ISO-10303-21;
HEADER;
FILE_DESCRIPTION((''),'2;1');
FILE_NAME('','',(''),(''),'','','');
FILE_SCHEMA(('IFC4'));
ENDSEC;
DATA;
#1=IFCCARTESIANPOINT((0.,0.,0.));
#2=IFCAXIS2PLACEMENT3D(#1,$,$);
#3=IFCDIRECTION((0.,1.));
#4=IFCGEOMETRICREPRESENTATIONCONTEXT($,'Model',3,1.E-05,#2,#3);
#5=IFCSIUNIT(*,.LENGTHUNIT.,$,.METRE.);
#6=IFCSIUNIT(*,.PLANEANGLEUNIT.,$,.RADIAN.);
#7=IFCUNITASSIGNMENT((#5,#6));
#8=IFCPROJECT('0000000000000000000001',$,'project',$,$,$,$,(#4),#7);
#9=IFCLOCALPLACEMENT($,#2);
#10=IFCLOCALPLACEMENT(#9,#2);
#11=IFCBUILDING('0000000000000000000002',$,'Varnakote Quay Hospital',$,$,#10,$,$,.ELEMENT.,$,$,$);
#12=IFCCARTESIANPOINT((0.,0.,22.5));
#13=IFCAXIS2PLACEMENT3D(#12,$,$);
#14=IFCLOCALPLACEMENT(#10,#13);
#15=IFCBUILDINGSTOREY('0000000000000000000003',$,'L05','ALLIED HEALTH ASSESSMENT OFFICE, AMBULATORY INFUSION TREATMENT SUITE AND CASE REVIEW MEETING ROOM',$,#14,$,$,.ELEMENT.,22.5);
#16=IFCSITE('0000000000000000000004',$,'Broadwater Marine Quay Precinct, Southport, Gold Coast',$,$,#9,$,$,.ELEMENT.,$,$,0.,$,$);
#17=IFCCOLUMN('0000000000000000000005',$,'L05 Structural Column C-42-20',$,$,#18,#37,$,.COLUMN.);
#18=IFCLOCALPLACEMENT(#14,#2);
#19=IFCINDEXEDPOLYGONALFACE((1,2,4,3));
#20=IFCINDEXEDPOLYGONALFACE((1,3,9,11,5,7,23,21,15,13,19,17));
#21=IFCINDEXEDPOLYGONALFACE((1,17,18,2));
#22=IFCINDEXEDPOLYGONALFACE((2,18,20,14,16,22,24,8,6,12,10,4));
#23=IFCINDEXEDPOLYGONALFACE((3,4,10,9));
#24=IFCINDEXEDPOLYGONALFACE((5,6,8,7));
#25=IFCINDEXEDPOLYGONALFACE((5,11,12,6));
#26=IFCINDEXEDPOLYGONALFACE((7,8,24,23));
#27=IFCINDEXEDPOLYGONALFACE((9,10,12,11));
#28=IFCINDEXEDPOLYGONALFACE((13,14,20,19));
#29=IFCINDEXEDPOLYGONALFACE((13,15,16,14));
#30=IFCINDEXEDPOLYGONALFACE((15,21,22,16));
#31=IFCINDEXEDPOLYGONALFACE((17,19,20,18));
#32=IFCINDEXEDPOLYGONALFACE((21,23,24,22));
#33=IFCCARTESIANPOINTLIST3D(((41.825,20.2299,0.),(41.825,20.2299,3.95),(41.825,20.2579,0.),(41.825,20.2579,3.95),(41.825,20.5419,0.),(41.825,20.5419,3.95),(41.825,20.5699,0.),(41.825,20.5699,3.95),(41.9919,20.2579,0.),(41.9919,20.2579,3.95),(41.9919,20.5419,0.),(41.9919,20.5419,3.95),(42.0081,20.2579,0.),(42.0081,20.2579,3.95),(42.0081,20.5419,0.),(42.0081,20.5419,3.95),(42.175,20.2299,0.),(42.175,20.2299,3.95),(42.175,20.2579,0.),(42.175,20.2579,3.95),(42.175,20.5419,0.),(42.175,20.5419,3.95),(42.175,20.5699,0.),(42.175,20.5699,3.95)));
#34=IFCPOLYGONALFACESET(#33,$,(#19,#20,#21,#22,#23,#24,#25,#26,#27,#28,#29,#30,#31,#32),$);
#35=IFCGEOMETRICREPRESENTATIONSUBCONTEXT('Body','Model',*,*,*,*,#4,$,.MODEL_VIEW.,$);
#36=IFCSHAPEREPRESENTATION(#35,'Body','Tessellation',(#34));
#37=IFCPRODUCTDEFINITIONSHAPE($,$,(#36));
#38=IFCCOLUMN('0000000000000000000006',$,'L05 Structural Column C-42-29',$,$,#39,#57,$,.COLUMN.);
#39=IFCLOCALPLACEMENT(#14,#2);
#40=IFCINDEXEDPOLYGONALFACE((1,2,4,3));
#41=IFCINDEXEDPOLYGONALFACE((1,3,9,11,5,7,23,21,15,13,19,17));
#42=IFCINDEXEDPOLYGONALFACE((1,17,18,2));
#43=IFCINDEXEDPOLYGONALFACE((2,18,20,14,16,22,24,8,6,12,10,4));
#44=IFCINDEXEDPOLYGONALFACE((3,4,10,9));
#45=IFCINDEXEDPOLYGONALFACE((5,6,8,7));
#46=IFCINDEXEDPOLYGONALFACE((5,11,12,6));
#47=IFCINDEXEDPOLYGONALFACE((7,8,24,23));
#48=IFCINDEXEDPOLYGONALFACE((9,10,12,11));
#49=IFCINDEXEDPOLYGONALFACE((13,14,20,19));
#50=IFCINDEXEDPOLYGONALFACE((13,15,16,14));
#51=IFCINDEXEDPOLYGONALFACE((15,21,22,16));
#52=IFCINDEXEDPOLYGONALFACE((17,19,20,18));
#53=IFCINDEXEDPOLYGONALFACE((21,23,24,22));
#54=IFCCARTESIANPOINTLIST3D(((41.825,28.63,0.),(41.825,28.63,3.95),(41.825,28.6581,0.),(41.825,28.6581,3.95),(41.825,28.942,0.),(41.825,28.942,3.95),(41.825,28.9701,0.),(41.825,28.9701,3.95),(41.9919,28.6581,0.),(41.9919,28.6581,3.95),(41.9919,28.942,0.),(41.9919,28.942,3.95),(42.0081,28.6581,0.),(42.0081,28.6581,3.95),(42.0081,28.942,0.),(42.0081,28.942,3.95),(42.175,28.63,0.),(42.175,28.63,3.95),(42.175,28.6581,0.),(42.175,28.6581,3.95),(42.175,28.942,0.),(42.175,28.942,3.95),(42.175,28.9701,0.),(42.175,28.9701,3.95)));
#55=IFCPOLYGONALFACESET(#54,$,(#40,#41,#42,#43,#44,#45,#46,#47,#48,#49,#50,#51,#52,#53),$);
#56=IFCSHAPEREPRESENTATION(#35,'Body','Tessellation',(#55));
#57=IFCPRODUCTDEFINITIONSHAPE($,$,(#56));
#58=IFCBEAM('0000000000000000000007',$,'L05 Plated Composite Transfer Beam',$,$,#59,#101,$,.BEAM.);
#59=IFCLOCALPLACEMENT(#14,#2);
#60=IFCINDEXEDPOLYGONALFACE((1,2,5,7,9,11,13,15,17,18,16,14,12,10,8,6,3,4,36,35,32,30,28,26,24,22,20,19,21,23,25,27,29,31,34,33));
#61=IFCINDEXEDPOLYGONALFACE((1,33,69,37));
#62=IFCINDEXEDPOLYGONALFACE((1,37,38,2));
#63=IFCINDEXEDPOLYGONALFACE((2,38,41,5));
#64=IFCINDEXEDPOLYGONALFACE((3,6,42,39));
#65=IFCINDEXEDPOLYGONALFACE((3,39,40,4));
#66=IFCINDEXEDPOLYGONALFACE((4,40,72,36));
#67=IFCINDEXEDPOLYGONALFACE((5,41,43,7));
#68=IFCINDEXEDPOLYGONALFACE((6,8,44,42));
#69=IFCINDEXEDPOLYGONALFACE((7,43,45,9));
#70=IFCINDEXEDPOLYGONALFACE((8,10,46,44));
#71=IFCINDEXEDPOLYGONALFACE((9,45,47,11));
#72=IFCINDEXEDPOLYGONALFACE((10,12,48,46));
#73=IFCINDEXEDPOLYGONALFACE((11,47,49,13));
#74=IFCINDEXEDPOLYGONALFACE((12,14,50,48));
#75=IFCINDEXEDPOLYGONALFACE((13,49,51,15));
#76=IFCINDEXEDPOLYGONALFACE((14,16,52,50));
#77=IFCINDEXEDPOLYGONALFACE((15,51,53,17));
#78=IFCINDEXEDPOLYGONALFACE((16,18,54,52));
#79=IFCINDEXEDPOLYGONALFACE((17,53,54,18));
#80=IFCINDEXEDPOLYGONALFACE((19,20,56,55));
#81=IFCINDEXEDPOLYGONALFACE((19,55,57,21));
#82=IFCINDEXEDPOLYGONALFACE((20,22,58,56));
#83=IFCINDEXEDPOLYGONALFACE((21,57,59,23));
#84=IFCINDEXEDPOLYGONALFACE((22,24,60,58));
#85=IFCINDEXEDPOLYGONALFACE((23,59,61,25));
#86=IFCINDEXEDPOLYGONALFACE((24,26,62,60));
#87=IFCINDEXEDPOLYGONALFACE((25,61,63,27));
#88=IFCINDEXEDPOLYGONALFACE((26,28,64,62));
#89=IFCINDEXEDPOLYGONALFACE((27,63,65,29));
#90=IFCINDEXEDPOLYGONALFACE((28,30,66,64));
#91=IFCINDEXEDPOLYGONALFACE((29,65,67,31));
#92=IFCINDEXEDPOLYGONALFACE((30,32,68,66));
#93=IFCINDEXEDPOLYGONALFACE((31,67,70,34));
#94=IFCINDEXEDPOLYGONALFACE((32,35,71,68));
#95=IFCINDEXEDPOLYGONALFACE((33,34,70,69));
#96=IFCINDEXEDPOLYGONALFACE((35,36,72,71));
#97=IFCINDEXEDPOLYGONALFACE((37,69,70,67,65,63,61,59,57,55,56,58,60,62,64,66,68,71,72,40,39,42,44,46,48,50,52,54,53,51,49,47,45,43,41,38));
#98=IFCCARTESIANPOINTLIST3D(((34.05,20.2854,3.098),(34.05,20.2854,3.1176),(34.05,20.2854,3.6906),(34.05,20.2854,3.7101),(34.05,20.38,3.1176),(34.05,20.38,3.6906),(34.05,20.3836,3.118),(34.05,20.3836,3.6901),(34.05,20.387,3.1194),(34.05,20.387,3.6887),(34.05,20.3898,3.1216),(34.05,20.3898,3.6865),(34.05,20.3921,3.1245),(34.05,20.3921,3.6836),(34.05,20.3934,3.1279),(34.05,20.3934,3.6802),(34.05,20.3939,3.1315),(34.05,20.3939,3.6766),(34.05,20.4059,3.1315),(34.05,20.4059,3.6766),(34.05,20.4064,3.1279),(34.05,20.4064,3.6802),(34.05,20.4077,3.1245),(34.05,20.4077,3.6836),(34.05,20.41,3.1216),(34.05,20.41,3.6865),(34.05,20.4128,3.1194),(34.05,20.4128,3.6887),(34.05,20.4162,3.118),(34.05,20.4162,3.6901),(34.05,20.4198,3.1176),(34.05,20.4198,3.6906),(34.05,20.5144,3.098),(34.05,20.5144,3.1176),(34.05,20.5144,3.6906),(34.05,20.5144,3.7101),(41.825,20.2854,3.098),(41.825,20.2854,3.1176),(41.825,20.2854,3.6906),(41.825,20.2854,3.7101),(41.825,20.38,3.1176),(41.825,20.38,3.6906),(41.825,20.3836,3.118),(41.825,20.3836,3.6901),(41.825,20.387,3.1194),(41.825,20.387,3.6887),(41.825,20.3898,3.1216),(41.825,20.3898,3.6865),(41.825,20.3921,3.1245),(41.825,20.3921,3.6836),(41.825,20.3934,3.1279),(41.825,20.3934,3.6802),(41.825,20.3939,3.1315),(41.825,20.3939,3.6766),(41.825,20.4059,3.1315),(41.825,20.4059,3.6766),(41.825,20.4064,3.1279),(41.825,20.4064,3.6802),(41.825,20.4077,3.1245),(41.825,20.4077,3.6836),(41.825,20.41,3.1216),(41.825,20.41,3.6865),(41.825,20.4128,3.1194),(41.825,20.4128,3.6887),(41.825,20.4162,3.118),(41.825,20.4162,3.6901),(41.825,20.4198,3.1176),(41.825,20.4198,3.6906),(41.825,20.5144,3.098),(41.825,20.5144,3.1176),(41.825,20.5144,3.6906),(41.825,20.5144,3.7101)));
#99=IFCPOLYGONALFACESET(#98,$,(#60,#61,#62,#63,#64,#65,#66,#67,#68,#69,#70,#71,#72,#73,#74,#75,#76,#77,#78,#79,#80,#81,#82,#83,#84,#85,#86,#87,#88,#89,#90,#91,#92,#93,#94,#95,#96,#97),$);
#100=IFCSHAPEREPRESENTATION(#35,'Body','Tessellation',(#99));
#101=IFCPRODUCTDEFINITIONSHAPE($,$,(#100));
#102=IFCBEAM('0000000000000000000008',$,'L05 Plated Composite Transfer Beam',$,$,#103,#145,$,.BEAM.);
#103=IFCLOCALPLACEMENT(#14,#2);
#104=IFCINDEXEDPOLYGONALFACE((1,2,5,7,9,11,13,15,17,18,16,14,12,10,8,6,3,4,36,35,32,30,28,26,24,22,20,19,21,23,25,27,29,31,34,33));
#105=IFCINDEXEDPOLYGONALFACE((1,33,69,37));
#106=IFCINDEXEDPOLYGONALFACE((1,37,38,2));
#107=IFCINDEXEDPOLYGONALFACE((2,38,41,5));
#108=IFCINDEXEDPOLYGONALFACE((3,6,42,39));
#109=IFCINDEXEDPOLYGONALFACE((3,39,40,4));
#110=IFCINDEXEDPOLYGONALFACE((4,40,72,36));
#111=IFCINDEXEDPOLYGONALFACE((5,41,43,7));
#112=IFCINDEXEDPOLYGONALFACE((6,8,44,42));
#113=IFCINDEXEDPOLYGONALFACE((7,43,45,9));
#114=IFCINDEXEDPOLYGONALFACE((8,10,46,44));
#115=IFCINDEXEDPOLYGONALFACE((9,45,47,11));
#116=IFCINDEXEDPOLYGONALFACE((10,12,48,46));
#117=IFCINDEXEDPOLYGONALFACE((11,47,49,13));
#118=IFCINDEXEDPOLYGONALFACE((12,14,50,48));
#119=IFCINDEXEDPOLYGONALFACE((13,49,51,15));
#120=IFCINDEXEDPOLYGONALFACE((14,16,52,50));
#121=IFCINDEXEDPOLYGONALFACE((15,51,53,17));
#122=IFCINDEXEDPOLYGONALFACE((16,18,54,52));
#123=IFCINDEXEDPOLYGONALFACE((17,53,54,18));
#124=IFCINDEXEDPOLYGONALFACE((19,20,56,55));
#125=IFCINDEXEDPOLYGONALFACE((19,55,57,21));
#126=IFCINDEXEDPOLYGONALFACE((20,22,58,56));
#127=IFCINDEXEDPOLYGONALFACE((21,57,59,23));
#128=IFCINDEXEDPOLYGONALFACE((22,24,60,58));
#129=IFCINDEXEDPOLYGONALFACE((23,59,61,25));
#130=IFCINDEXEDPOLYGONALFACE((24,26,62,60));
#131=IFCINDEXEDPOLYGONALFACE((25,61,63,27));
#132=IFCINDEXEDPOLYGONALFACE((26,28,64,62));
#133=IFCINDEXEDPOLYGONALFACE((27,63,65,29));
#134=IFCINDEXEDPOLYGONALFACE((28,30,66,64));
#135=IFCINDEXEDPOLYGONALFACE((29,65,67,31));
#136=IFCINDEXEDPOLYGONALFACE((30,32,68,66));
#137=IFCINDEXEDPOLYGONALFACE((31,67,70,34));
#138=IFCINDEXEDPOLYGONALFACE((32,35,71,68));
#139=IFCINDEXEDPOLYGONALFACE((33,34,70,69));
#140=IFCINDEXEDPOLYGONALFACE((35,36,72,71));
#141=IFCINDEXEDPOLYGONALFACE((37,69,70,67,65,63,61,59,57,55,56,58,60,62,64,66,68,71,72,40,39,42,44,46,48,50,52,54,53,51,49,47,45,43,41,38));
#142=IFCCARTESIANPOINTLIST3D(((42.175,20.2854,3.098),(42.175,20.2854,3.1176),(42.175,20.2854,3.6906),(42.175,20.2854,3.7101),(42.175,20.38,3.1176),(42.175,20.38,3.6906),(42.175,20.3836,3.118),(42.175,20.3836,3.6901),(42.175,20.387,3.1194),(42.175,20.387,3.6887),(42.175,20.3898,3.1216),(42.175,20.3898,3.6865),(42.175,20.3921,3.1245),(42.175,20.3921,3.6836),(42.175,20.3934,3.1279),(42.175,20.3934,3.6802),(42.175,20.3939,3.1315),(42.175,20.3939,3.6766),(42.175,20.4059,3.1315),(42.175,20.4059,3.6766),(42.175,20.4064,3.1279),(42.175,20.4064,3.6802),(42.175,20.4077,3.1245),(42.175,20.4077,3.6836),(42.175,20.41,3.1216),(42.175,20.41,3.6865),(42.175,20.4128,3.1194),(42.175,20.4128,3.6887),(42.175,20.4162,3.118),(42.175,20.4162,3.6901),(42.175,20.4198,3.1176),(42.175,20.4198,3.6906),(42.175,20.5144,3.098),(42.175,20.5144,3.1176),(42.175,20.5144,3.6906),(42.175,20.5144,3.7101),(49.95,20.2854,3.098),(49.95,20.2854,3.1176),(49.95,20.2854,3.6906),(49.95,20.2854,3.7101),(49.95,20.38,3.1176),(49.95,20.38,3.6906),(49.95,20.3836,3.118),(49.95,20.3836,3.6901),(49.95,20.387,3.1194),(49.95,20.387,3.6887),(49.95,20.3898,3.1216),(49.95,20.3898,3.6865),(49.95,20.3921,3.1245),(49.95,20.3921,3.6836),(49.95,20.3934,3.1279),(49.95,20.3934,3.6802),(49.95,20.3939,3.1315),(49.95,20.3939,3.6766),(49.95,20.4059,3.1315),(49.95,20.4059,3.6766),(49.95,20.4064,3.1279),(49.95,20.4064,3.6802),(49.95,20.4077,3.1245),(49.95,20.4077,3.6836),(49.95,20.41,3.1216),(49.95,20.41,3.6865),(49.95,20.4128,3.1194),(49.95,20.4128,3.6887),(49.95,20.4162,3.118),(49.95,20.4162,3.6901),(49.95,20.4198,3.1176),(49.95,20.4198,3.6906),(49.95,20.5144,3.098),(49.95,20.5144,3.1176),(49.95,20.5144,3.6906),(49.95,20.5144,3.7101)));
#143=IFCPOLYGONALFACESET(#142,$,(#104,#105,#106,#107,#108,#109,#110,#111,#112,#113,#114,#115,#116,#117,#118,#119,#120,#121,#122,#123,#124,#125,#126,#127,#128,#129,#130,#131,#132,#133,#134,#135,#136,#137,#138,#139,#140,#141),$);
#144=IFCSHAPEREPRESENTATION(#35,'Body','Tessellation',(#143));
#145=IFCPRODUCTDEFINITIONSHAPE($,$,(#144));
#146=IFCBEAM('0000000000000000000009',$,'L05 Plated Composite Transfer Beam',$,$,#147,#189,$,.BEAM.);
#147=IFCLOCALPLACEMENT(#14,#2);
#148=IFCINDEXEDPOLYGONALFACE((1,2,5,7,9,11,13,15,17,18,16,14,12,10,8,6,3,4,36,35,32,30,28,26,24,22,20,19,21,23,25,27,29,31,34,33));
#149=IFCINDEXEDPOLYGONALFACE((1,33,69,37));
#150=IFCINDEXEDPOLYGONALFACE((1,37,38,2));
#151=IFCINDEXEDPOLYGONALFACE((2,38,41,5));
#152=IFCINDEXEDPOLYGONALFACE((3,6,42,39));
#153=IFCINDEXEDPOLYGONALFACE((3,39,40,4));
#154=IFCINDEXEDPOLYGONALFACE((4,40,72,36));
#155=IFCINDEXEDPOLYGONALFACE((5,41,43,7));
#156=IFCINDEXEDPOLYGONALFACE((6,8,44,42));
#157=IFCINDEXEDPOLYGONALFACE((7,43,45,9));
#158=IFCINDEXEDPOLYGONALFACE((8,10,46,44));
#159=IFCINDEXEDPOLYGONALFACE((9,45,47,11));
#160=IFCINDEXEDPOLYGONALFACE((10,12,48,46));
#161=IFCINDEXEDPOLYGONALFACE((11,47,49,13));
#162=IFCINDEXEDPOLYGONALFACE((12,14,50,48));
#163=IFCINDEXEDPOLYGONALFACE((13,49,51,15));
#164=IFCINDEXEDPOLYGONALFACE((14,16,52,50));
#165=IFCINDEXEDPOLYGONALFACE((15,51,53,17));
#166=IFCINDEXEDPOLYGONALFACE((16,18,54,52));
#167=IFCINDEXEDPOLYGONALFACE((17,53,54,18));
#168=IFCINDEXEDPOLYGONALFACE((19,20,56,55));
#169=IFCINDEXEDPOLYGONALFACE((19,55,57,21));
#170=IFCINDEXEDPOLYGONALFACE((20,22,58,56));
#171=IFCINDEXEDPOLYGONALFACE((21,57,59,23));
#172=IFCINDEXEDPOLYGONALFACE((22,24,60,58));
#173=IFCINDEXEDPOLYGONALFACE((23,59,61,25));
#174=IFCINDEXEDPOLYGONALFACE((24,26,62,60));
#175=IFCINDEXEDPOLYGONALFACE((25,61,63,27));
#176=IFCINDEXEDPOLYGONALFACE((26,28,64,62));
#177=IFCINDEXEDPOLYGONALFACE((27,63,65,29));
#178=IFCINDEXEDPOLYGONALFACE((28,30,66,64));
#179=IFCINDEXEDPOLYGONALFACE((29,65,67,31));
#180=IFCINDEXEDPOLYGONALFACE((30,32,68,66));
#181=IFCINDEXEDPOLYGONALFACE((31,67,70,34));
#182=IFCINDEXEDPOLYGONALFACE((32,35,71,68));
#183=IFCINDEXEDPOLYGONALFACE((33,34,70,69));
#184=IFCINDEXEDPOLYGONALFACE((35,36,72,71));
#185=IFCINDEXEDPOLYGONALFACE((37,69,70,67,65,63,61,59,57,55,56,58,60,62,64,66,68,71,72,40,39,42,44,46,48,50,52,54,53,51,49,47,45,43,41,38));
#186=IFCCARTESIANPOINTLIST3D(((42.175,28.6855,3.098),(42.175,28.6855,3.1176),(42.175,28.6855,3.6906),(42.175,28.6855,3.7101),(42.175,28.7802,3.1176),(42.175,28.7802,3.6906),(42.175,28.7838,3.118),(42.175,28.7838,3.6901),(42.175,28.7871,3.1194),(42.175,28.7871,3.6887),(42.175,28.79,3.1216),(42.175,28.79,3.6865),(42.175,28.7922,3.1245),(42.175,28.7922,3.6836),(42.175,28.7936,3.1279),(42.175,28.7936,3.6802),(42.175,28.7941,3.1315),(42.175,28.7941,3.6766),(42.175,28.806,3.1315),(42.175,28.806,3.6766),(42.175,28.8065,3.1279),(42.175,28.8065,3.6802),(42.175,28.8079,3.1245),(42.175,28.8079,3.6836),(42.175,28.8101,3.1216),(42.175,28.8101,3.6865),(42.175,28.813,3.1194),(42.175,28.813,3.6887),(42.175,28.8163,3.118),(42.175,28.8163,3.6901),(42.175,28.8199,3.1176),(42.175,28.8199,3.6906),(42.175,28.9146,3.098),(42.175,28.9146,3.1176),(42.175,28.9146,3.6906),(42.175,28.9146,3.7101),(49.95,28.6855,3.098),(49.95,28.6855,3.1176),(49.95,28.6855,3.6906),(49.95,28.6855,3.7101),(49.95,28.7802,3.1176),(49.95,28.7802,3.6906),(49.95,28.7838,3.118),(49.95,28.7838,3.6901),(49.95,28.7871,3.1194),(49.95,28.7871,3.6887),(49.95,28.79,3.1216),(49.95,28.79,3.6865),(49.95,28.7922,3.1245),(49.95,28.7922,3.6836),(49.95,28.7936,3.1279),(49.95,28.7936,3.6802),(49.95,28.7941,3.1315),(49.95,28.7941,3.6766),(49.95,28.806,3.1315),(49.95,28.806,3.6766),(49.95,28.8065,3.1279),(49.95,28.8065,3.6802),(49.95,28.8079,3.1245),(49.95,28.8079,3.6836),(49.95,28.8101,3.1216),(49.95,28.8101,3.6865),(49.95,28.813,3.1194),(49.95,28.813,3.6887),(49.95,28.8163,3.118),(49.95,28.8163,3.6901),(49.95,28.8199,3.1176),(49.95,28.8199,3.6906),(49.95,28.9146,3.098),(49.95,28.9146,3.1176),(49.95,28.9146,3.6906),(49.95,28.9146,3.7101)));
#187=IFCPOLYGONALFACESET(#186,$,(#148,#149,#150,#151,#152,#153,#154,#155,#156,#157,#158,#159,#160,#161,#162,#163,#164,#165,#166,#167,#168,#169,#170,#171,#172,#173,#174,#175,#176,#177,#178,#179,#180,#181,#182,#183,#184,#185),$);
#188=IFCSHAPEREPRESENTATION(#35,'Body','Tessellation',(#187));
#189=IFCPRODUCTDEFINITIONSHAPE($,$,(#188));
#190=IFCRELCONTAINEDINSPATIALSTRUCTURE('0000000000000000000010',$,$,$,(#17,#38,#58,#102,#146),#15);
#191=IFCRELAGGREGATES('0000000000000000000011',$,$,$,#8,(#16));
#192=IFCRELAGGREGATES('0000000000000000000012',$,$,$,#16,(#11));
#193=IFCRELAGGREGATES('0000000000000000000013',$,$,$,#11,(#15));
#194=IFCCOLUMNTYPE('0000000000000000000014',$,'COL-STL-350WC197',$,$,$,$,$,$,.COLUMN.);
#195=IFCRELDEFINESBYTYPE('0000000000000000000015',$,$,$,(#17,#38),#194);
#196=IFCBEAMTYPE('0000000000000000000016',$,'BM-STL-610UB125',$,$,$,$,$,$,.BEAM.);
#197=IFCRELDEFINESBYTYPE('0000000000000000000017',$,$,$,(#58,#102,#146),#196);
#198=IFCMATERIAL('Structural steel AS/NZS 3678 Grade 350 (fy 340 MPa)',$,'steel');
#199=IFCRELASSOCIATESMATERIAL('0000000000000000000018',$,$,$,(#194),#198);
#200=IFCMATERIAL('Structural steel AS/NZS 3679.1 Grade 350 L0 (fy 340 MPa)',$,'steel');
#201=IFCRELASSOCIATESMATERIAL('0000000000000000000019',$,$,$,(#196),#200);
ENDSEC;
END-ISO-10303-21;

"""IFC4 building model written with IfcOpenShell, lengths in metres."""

from ifc_helpers import new_model, si_unit, direction, frame, origin, origin_2d, place, context, subcontext, project, spatial, i_section, extrude, material, material_profile, profile_set, type_object, element, save


model = new_model("IFC4")

# Units and contexts
model_context = context("Model", 3, precision=1e-05, world=origin(), true_north=direction((0.0, 1.0)))
body_context = subcontext(model_context, "Body", "Model", "MODEL_VIEW")
ifc_project = project(units=[si_unit("LENGTHUNIT", "METRE"), si_unit("PLANEANGLEUNIT", "RADIAN")], contexts=[model_context])

# Site, building, storey
site_placement = place(None, origin())
site = spatial("IfcSite", under=ifc_project, at=site_placement, Name="Broadwater Marine Quay Precinct, Southport, Gold Coast", CompositionType="ELEMENT", RefElevation=0.0)
building_placement = place(site_placement, origin())
building = spatial("IfcBuilding", under=site, at=building_placement, Name="Varnakote Quay Hospital", CompositionType="ELEMENT")
storey_placement = place(building_placement, frame((0.0, 0.0, 22.5)))
storey = spatial("IfcBuildingStorey", under=building, at=storey_placement, Name="L05", Description="ALLIED HEALTH ASSESSMENT OFFICE, AMBULATORY INFUSION TREATMENT SUITE AND CASE REVIEW MEETING ROOM", CompositionType="ELEMENT", Elevation=22.5)

# Columns
ifc_material_1 = material(Name="Structural steel AS/NZS 3678 Grade 350 (fy 340 MPa)", Category="steel")
ifc_material_profile_1 = material_profile(ifc_material_1, i_section(OverallWidth=0.3501, OverallDepth=0.3401, WebThickness=0.0161, FlangeThickness=0.0281, at=origin_2d()), Name="350WC197")
ifc_profile_set_1 = profile_set([ifc_material_profile_1], Name="Structural steel AS/NZS 3678 Grade 350 (fy 340 MPa)")
column_type = type_object("IfcColumnType", Name="COL-STL-350WC197", PredefinedType="COLUMN", material=ifc_profile_set_1)
for number, where, z_axis, x_axis, name in (
    (1, (42.0, 20.3999, 0.0), (0.0, 0.0, 1.0), (1.0, 0.0, 0.0), "L05 Structural Column C-42-20"),
    (2, (42.0, 28.8, 0.0), (0.0, 0.0, 1.0), (1.0, 0.0, 0.0), "L05 Structural Column C-42-29"),
):
    element("IfcColumn", number, at=place(storey_placement, frame(where, z_axis=z_axis, x_axis=x_axis)), inside=storey, type_object=column_type, Name=name, PredefinedType="COLUMN", context=body_context, shape_type="SweptSolid", body=[
        extrude(i_section(OverallWidth=0.3501, OverallDepth=0.3401, WebThickness=0.0161, FlangeThickness=0.0281, at=origin_2d()), origin(), (0.0, 0.0, 1.0), 3.95),
    ])

# Beams
ifc_material_2 = material(Name="Structural steel AS/NZS 3679.1 Grade 350 L0 (fy 340 MPa)", Category="steel")
ifc_material_profile_2 = material_profile(ifc_material_2, i_section(OverallWidth=0.229, OverallDepth=0.6121, WebThickness=0.012, FlangeThickness=0.0195, FilletRadius=0.0139, at=origin_2d()), Name="610UB125")
ifc_profile_set_2 = profile_set([ifc_material_profile_2], Name="Structural steel AS/NZS 3679.1 Grade 350 L0 (fy 340 MPa)")
beam_type_1 = type_object("IfcBeamType", Name="BM-STL-610UB125", PredefinedType="BEAM", material=ifc_profile_set_2)
for number, where, z_axis, x_axis, name in (
    (3, (34.05, 20.3999, 3.4041), (1.0, 0.0, 0.0), (0.0, 1.0, 0.0), "L05 Plated Composite Transfer Beam"),
    (4, (42.175, 20.3999, 3.4041), (1.0, 0.0, 0.0), (0.0, 1.0, 0.0), "L05 Plated Composite Transfer Beam"),
    (5, (42.175, 28.8, 3.4041), (1.0, 0.0, 0.0), (0.0, 1.0, 0.0), "L05 Plated Composite Transfer Beam"),
):
    element("IfcBeam", number, at=place(storey_placement, frame(where, z_axis=z_axis, x_axis=x_axis)), inside=storey, type_object=beam_type_1, Name=name, PredefinedType="BEAM", context=body_context, shape_type="SweptSolid", body=[
        extrude(i_section(OverallWidth=0.229, OverallDepth=0.6121, WebThickness=0.012, FlangeThickness=0.0195, FilletRadius=0.0139, at=origin_2d()), origin(), (0.0, 0.0, 1.0), 7.7749),
    ])

save(model, "model.ifc")
